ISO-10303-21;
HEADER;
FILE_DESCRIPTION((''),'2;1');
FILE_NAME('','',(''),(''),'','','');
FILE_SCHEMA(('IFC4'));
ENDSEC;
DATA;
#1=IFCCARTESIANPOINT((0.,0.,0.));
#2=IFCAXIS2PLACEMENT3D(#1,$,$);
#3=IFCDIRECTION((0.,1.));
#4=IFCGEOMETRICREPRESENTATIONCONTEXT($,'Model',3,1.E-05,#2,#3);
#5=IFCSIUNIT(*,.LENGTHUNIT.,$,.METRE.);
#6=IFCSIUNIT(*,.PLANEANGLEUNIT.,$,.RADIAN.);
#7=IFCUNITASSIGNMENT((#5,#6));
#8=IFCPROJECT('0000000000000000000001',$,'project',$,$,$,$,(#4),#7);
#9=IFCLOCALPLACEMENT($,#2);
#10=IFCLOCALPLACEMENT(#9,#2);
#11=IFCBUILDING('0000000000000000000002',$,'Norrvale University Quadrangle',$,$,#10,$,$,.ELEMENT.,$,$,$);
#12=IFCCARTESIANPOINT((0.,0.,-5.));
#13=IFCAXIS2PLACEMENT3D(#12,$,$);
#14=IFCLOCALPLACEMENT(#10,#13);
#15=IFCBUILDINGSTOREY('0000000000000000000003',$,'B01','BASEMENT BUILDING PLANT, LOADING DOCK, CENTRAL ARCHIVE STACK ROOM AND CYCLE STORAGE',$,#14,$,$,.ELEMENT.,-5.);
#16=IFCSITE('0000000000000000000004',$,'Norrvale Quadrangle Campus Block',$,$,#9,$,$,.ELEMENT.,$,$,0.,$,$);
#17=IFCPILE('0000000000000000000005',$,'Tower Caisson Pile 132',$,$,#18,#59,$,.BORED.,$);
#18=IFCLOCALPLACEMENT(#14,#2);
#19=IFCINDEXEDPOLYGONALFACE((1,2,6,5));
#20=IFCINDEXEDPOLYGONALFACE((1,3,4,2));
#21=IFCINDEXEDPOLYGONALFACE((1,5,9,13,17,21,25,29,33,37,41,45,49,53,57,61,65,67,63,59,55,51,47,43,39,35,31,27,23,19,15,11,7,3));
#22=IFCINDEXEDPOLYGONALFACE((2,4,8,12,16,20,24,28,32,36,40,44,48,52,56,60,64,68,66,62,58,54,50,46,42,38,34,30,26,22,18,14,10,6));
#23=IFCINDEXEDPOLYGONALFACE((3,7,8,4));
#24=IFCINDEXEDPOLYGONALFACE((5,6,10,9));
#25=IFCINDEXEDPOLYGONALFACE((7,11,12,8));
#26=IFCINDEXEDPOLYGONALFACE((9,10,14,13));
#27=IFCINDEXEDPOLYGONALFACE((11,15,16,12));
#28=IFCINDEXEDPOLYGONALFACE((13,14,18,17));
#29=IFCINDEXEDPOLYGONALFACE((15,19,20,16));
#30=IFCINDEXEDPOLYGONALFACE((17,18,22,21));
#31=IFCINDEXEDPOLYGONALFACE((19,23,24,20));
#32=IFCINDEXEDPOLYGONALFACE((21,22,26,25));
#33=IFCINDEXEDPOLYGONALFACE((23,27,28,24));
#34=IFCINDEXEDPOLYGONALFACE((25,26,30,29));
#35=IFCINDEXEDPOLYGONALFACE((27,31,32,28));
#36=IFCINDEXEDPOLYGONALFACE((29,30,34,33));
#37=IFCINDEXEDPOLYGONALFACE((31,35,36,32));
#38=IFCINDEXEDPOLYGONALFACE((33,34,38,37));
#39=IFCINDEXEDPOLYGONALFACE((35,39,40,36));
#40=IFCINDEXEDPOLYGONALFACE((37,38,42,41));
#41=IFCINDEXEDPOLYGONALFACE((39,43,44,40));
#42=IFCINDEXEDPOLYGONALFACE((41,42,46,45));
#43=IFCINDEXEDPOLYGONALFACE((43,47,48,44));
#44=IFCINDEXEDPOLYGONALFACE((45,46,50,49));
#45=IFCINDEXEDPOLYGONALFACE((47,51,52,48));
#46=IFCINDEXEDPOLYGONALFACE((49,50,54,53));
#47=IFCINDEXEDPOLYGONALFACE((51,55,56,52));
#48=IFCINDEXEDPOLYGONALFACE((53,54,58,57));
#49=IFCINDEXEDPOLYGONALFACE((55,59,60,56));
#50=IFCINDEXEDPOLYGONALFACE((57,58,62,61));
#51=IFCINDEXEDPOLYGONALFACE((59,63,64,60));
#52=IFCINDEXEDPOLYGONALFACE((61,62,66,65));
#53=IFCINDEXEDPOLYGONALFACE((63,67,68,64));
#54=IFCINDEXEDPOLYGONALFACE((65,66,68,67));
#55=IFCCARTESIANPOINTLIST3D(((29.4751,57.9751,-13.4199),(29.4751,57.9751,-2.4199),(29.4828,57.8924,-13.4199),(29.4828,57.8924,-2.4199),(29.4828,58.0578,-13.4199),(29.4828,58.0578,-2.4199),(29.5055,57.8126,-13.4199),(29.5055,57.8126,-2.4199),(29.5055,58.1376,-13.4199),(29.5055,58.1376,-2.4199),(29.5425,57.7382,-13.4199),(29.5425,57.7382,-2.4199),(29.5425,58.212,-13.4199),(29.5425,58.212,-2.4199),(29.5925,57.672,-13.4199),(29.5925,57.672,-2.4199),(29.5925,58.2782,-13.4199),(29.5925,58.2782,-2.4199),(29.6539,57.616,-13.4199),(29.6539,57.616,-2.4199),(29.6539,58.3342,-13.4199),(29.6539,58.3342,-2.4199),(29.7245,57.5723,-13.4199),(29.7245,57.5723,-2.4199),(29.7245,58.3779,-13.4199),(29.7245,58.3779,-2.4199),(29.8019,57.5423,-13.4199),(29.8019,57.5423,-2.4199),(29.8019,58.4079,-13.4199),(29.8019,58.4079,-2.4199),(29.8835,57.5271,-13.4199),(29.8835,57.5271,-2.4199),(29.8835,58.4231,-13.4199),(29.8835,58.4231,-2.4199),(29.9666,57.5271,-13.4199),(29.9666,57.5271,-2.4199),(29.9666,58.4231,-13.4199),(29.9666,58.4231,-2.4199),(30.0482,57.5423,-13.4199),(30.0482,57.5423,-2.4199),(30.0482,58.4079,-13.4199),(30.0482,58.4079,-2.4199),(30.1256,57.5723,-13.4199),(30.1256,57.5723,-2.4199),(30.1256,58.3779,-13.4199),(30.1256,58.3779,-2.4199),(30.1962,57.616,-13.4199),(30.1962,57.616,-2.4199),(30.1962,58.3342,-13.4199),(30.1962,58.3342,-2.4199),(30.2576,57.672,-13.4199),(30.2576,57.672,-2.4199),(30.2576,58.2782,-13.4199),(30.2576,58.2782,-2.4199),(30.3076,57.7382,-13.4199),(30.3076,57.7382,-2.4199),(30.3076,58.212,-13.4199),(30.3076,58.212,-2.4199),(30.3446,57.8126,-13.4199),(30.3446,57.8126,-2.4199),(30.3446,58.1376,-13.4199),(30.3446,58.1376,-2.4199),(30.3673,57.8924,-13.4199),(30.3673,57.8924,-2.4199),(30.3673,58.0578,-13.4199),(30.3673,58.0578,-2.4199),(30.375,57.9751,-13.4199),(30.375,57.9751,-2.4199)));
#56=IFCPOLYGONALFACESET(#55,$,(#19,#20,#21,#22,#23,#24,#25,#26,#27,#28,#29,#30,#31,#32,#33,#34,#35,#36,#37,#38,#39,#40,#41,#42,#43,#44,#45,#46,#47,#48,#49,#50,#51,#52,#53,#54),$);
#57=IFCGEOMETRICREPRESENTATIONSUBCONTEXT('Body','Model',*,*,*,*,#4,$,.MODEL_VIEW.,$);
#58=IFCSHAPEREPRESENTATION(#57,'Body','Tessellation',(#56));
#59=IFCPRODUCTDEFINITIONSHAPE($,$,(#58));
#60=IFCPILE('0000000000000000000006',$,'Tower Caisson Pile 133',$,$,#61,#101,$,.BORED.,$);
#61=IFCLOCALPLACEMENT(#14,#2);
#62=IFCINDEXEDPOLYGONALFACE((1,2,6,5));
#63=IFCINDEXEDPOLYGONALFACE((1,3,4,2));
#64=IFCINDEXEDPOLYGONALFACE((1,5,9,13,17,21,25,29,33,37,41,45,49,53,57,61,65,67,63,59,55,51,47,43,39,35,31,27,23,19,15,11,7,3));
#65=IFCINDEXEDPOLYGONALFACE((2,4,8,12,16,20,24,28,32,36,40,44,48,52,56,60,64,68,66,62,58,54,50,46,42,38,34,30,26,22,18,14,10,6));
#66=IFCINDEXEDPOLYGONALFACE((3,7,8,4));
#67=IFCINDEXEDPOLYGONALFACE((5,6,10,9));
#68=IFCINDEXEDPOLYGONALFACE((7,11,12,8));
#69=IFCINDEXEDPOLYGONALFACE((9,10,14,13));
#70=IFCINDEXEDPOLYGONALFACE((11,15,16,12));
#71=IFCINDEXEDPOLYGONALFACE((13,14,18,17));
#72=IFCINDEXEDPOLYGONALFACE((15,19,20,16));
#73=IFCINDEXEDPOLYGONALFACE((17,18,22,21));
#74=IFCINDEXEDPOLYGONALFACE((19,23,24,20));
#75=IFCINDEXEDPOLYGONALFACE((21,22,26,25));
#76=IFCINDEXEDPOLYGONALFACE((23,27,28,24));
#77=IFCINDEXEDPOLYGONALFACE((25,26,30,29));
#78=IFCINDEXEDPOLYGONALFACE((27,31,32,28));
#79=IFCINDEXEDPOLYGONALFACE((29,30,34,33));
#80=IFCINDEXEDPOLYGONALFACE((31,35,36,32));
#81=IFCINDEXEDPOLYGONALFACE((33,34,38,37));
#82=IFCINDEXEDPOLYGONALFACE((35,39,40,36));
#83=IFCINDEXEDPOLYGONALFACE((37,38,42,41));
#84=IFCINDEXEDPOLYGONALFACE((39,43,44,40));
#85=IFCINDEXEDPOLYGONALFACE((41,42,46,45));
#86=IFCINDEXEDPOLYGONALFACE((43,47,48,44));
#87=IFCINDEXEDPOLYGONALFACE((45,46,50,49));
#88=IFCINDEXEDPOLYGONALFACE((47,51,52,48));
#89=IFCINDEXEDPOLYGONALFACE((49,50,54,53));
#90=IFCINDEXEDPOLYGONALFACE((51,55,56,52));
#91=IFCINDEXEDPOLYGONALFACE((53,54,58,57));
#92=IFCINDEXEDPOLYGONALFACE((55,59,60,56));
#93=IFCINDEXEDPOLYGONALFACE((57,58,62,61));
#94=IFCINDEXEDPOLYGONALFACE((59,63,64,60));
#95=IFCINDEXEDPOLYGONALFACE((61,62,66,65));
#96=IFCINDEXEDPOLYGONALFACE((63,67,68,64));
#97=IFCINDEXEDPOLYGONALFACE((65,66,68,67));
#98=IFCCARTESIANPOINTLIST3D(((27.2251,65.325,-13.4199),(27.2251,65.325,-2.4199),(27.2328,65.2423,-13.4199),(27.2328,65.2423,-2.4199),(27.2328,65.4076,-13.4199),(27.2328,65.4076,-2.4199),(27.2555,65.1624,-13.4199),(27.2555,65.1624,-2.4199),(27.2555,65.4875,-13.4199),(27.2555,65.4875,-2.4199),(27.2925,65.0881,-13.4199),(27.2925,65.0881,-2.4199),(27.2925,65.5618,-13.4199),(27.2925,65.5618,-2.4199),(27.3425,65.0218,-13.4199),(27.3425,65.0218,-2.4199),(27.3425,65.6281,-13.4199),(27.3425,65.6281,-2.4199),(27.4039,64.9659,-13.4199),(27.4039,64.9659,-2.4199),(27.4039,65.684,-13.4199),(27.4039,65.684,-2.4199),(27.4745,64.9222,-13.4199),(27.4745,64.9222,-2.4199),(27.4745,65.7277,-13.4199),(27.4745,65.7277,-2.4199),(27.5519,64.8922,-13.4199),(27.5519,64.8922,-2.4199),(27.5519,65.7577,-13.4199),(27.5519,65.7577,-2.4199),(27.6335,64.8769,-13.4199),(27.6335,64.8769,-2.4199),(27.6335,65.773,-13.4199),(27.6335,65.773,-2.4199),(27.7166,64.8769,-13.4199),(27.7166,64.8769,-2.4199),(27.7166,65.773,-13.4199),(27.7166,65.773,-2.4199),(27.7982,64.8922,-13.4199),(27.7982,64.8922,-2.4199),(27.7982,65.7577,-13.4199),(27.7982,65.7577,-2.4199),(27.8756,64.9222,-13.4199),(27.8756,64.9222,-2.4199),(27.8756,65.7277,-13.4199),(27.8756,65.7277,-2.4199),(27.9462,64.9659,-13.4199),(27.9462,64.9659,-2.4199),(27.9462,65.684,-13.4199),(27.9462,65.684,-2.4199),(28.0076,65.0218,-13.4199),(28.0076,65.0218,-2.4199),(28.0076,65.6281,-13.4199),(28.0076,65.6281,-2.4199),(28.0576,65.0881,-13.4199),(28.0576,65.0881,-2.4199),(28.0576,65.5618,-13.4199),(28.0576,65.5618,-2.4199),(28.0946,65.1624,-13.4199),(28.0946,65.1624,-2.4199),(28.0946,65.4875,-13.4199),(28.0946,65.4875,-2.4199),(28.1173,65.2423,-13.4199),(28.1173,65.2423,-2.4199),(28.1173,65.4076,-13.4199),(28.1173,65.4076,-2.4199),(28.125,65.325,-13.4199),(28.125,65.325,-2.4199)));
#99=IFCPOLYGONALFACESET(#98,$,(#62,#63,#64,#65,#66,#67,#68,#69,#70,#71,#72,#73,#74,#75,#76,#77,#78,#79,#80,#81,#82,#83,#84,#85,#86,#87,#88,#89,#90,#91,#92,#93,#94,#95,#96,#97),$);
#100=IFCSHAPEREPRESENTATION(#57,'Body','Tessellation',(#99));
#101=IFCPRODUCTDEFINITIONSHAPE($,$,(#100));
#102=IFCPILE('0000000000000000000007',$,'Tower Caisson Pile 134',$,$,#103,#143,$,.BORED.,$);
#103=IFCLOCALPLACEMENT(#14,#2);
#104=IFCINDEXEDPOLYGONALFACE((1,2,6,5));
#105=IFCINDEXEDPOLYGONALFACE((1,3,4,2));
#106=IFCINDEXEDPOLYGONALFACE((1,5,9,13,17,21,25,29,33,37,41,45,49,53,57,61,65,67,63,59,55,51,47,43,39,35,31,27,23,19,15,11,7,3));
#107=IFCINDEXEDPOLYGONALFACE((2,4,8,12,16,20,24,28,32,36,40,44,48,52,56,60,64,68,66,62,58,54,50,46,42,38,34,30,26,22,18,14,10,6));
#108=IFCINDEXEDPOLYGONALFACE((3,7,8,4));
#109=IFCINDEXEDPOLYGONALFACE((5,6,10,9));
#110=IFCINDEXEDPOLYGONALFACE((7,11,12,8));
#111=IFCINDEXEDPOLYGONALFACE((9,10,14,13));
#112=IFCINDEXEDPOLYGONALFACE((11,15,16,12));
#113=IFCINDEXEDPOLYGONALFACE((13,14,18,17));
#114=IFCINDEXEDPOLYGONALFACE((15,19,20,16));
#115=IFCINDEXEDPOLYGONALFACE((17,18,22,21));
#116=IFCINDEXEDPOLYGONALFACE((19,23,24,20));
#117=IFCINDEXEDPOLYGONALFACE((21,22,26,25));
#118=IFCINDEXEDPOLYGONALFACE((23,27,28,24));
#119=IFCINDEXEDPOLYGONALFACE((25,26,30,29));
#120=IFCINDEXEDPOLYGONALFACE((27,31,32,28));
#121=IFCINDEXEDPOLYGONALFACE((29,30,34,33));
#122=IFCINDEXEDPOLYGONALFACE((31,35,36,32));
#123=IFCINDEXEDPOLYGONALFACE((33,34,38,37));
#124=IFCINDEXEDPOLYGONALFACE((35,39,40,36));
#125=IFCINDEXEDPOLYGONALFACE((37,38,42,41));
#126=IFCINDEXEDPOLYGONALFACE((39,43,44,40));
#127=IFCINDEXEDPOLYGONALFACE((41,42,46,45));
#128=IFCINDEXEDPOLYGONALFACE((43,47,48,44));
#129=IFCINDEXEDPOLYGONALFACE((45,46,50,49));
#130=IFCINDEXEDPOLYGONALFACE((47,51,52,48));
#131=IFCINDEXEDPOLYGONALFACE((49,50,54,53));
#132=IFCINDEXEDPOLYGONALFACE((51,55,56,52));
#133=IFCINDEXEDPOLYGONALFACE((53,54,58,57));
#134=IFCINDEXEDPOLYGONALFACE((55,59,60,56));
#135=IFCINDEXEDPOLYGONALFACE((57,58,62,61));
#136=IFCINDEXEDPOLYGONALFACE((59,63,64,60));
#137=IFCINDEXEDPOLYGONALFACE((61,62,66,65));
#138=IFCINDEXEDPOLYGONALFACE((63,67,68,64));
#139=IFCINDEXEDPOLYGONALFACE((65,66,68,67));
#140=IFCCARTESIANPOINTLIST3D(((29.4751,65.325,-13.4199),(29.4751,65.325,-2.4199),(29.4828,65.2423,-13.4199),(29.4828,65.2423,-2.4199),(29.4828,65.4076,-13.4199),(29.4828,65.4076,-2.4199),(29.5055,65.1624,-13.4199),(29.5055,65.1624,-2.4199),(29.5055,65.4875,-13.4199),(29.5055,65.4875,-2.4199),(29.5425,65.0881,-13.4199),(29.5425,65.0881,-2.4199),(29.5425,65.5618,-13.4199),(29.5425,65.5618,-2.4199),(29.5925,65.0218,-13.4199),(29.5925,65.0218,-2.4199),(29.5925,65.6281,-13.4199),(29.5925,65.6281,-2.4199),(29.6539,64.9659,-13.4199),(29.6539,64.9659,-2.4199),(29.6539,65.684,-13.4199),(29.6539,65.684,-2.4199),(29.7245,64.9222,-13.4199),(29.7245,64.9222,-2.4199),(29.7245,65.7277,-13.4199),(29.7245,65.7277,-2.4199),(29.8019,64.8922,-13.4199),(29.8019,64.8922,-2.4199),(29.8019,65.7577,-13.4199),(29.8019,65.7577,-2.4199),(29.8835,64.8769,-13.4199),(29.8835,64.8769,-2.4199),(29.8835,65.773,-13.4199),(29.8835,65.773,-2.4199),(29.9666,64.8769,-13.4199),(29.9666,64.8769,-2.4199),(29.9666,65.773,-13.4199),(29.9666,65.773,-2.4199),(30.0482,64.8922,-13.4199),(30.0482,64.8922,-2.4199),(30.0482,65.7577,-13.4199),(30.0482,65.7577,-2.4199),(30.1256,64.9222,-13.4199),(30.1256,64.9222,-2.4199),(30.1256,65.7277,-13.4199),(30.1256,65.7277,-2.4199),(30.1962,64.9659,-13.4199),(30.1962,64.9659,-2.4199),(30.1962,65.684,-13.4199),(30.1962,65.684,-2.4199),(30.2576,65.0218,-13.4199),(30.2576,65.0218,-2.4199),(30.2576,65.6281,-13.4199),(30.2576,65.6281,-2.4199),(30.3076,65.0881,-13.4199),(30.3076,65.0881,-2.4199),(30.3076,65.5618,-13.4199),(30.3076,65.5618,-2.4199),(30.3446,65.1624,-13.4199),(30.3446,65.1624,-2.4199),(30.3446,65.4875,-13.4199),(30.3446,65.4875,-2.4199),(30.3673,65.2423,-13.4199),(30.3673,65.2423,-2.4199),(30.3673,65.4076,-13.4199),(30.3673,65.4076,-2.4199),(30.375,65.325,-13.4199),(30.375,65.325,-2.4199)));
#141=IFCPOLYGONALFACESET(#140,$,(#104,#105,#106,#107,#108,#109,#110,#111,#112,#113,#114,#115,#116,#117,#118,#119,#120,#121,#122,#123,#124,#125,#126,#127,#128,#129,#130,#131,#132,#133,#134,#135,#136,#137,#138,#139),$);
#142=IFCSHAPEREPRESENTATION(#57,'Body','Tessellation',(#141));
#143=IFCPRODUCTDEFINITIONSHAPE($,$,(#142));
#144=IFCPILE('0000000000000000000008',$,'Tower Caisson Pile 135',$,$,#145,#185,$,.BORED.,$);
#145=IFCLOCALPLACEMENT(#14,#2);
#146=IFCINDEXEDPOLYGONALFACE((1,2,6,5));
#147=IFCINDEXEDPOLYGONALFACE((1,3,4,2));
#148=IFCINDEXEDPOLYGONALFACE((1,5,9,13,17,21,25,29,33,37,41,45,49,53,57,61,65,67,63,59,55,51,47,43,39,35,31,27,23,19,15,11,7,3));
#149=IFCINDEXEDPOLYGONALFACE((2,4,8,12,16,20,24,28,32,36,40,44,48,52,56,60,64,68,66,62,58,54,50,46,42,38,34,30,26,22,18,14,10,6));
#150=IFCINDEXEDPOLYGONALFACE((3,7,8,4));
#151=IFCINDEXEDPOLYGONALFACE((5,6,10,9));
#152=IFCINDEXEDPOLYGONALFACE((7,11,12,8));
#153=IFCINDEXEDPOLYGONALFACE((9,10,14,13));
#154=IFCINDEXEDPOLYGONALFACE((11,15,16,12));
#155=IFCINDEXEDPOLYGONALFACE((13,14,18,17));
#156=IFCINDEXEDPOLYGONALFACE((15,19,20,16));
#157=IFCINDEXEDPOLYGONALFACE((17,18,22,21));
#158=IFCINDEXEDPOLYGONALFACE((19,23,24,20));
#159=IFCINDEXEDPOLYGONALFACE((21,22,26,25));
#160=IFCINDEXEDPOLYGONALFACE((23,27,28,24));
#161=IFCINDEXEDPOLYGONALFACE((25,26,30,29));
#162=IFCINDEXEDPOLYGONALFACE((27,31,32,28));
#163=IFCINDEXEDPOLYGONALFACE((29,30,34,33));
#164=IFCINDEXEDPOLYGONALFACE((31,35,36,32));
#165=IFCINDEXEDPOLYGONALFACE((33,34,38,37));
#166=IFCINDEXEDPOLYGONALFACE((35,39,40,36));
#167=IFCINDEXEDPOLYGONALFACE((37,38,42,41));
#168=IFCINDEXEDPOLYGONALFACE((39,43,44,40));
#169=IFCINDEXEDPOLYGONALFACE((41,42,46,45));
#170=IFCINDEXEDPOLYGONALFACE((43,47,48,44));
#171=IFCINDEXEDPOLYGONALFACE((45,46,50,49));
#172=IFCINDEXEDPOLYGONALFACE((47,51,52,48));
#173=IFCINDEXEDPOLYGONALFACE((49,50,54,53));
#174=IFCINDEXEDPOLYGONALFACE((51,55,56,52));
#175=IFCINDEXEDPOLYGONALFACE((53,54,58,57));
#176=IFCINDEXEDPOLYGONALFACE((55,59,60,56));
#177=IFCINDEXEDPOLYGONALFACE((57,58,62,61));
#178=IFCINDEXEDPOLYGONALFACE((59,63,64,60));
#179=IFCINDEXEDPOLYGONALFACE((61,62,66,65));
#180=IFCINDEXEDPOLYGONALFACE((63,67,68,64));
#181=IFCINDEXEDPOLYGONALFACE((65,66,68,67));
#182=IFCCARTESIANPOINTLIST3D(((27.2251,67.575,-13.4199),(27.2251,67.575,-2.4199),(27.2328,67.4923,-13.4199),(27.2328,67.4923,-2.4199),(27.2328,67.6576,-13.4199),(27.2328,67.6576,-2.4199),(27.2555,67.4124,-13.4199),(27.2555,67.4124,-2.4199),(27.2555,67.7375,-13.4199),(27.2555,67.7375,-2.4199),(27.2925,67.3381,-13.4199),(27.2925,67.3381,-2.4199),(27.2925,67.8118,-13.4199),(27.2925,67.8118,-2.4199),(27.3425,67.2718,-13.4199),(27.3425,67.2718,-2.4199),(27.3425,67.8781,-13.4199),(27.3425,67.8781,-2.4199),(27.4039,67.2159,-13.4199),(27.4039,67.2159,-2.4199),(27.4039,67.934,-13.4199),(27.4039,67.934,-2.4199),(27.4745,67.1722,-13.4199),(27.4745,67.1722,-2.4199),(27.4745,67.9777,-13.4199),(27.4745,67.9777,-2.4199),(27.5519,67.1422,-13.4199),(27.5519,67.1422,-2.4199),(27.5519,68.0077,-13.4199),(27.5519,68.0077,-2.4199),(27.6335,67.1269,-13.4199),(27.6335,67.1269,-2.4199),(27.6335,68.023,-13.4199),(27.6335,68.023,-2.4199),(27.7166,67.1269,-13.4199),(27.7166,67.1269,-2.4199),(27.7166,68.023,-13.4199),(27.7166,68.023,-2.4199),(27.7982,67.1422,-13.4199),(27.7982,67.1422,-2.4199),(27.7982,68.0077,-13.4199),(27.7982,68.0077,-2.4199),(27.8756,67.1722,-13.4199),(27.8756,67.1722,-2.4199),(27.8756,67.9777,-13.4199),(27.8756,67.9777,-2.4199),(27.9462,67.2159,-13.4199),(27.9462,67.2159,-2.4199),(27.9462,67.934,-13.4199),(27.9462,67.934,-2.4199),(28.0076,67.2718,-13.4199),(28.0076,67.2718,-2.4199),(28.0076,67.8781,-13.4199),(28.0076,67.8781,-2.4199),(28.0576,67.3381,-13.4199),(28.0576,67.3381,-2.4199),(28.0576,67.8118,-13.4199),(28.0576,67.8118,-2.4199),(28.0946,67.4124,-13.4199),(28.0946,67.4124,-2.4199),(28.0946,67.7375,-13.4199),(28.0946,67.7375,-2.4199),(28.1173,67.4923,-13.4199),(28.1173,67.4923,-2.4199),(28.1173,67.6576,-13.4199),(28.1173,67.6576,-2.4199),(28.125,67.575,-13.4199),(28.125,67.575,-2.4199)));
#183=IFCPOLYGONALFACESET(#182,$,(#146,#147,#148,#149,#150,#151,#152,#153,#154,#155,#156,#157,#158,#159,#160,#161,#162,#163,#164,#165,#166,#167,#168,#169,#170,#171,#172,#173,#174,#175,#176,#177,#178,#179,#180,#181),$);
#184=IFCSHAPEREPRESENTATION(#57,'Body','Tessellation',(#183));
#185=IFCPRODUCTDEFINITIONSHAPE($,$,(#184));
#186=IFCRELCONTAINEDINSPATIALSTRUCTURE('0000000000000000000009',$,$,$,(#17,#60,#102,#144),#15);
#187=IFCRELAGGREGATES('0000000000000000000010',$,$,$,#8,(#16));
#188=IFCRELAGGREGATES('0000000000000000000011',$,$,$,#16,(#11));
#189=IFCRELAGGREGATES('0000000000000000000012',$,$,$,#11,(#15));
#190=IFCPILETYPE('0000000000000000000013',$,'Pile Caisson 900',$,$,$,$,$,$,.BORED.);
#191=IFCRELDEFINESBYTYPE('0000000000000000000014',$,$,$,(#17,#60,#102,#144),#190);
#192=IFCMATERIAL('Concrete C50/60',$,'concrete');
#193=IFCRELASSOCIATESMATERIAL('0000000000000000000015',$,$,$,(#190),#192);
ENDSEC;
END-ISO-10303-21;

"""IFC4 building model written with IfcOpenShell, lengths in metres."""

from ifc_helpers import new_model, si_unit, direction, frame, origin, origin_2d, place, context, subcontext, project, spatial, circle, extrude, material, material_profile, profile_set, type_object, element, save


model = new_model("IFC4")

# Units and contexts
model_context = context("Model", 3, precision=1e-05, world=origin(), true_north=direction((0.0, 1.0)))
body_context = subcontext(model_context, "Body", "Model", "MODEL_VIEW")
ifc_project = project(units=[si_unit("LENGTHUNIT", "METRE"), si_unit("PLANEANGLEUNIT", "RADIAN")], contexts=[model_context])

# Site, building, storey
site_placement = place(None, origin())
site = spatial("IfcSite", under=ifc_project, at=site_placement, Name="Norrvale Quadrangle Campus Block", CompositionType="ELEMENT", RefElevation=0.0)
building_placement = place(site_placement, origin())
building = spatial("IfcBuilding", under=site, at=building_placement, Name="Norrvale University Quadrangle", CompositionType="ELEMENT")
storey_placement = place(building_placement, frame((0.0, 0.0, -5.0)))
storey = spatial("IfcBuildingStorey", under=building, at=storey_placement, Name="B01", Description="BASEMENT BUILDING PLANT, LOADING DOCK, CENTRAL ARCHIVE STACK ROOM AND CYCLE STORAGE", CompositionType="ELEMENT", Elevation=-5.0)

# Shared definitions
ifc_material_1 = material(Name="Concrete C50/60", Category="concrete")

# Piles
ifc_material_profile_1 = material_profile(ifc_material_1, circle(Radius=0.45, at=origin_2d()), Name="Concrete C50/60")
ifc_profile_set_1 = profile_set([ifc_material_profile_1], Name="Concrete C50/60")
pile_type_1 = type_object("IfcPileType", Name="Pile Caisson 900", PredefinedType="BORED", material=ifc_profile_set_1)
for number, where, z_axis, x_axis, name in (
    (1, (29.925, 57.9751, -2.4199), (0.0, 0.0, -1.0), (1.0, 0.0, 0.0), "Tower Caisson Pile 132"),
    (2, (27.675, 65.325, -2.4199), (0.0, 0.0, -1.0), (1.0, 0.0, 0.0), "Tower Caisson Pile 133"),
    (3, (29.925, 65.325, -2.4199), (0.0, 0.0, -1.0), (1.0, 0.0, 0.0), "Tower Caisson Pile 134"),
    (4, (27.675, 67.575, -2.4199), (0.0, 0.0, -1.0), (1.0, 0.0, 0.0), "Tower Caisson Pile 135"),
):
    element("IfcPile", number, at=place(storey_placement, frame(where, z_axis=z_axis, x_axis=x_axis)), inside=storey, type_object=pile_type_1, Name=name, PredefinedType="BORED", context=body_context, shape_type="SweptSolid", body=[
        extrude(circle(Radius=0.45, at=origin_2d()), origin(), (0.0, 0.0, 1.0), 11.0),
    ])

save(model, "model.ifc")
